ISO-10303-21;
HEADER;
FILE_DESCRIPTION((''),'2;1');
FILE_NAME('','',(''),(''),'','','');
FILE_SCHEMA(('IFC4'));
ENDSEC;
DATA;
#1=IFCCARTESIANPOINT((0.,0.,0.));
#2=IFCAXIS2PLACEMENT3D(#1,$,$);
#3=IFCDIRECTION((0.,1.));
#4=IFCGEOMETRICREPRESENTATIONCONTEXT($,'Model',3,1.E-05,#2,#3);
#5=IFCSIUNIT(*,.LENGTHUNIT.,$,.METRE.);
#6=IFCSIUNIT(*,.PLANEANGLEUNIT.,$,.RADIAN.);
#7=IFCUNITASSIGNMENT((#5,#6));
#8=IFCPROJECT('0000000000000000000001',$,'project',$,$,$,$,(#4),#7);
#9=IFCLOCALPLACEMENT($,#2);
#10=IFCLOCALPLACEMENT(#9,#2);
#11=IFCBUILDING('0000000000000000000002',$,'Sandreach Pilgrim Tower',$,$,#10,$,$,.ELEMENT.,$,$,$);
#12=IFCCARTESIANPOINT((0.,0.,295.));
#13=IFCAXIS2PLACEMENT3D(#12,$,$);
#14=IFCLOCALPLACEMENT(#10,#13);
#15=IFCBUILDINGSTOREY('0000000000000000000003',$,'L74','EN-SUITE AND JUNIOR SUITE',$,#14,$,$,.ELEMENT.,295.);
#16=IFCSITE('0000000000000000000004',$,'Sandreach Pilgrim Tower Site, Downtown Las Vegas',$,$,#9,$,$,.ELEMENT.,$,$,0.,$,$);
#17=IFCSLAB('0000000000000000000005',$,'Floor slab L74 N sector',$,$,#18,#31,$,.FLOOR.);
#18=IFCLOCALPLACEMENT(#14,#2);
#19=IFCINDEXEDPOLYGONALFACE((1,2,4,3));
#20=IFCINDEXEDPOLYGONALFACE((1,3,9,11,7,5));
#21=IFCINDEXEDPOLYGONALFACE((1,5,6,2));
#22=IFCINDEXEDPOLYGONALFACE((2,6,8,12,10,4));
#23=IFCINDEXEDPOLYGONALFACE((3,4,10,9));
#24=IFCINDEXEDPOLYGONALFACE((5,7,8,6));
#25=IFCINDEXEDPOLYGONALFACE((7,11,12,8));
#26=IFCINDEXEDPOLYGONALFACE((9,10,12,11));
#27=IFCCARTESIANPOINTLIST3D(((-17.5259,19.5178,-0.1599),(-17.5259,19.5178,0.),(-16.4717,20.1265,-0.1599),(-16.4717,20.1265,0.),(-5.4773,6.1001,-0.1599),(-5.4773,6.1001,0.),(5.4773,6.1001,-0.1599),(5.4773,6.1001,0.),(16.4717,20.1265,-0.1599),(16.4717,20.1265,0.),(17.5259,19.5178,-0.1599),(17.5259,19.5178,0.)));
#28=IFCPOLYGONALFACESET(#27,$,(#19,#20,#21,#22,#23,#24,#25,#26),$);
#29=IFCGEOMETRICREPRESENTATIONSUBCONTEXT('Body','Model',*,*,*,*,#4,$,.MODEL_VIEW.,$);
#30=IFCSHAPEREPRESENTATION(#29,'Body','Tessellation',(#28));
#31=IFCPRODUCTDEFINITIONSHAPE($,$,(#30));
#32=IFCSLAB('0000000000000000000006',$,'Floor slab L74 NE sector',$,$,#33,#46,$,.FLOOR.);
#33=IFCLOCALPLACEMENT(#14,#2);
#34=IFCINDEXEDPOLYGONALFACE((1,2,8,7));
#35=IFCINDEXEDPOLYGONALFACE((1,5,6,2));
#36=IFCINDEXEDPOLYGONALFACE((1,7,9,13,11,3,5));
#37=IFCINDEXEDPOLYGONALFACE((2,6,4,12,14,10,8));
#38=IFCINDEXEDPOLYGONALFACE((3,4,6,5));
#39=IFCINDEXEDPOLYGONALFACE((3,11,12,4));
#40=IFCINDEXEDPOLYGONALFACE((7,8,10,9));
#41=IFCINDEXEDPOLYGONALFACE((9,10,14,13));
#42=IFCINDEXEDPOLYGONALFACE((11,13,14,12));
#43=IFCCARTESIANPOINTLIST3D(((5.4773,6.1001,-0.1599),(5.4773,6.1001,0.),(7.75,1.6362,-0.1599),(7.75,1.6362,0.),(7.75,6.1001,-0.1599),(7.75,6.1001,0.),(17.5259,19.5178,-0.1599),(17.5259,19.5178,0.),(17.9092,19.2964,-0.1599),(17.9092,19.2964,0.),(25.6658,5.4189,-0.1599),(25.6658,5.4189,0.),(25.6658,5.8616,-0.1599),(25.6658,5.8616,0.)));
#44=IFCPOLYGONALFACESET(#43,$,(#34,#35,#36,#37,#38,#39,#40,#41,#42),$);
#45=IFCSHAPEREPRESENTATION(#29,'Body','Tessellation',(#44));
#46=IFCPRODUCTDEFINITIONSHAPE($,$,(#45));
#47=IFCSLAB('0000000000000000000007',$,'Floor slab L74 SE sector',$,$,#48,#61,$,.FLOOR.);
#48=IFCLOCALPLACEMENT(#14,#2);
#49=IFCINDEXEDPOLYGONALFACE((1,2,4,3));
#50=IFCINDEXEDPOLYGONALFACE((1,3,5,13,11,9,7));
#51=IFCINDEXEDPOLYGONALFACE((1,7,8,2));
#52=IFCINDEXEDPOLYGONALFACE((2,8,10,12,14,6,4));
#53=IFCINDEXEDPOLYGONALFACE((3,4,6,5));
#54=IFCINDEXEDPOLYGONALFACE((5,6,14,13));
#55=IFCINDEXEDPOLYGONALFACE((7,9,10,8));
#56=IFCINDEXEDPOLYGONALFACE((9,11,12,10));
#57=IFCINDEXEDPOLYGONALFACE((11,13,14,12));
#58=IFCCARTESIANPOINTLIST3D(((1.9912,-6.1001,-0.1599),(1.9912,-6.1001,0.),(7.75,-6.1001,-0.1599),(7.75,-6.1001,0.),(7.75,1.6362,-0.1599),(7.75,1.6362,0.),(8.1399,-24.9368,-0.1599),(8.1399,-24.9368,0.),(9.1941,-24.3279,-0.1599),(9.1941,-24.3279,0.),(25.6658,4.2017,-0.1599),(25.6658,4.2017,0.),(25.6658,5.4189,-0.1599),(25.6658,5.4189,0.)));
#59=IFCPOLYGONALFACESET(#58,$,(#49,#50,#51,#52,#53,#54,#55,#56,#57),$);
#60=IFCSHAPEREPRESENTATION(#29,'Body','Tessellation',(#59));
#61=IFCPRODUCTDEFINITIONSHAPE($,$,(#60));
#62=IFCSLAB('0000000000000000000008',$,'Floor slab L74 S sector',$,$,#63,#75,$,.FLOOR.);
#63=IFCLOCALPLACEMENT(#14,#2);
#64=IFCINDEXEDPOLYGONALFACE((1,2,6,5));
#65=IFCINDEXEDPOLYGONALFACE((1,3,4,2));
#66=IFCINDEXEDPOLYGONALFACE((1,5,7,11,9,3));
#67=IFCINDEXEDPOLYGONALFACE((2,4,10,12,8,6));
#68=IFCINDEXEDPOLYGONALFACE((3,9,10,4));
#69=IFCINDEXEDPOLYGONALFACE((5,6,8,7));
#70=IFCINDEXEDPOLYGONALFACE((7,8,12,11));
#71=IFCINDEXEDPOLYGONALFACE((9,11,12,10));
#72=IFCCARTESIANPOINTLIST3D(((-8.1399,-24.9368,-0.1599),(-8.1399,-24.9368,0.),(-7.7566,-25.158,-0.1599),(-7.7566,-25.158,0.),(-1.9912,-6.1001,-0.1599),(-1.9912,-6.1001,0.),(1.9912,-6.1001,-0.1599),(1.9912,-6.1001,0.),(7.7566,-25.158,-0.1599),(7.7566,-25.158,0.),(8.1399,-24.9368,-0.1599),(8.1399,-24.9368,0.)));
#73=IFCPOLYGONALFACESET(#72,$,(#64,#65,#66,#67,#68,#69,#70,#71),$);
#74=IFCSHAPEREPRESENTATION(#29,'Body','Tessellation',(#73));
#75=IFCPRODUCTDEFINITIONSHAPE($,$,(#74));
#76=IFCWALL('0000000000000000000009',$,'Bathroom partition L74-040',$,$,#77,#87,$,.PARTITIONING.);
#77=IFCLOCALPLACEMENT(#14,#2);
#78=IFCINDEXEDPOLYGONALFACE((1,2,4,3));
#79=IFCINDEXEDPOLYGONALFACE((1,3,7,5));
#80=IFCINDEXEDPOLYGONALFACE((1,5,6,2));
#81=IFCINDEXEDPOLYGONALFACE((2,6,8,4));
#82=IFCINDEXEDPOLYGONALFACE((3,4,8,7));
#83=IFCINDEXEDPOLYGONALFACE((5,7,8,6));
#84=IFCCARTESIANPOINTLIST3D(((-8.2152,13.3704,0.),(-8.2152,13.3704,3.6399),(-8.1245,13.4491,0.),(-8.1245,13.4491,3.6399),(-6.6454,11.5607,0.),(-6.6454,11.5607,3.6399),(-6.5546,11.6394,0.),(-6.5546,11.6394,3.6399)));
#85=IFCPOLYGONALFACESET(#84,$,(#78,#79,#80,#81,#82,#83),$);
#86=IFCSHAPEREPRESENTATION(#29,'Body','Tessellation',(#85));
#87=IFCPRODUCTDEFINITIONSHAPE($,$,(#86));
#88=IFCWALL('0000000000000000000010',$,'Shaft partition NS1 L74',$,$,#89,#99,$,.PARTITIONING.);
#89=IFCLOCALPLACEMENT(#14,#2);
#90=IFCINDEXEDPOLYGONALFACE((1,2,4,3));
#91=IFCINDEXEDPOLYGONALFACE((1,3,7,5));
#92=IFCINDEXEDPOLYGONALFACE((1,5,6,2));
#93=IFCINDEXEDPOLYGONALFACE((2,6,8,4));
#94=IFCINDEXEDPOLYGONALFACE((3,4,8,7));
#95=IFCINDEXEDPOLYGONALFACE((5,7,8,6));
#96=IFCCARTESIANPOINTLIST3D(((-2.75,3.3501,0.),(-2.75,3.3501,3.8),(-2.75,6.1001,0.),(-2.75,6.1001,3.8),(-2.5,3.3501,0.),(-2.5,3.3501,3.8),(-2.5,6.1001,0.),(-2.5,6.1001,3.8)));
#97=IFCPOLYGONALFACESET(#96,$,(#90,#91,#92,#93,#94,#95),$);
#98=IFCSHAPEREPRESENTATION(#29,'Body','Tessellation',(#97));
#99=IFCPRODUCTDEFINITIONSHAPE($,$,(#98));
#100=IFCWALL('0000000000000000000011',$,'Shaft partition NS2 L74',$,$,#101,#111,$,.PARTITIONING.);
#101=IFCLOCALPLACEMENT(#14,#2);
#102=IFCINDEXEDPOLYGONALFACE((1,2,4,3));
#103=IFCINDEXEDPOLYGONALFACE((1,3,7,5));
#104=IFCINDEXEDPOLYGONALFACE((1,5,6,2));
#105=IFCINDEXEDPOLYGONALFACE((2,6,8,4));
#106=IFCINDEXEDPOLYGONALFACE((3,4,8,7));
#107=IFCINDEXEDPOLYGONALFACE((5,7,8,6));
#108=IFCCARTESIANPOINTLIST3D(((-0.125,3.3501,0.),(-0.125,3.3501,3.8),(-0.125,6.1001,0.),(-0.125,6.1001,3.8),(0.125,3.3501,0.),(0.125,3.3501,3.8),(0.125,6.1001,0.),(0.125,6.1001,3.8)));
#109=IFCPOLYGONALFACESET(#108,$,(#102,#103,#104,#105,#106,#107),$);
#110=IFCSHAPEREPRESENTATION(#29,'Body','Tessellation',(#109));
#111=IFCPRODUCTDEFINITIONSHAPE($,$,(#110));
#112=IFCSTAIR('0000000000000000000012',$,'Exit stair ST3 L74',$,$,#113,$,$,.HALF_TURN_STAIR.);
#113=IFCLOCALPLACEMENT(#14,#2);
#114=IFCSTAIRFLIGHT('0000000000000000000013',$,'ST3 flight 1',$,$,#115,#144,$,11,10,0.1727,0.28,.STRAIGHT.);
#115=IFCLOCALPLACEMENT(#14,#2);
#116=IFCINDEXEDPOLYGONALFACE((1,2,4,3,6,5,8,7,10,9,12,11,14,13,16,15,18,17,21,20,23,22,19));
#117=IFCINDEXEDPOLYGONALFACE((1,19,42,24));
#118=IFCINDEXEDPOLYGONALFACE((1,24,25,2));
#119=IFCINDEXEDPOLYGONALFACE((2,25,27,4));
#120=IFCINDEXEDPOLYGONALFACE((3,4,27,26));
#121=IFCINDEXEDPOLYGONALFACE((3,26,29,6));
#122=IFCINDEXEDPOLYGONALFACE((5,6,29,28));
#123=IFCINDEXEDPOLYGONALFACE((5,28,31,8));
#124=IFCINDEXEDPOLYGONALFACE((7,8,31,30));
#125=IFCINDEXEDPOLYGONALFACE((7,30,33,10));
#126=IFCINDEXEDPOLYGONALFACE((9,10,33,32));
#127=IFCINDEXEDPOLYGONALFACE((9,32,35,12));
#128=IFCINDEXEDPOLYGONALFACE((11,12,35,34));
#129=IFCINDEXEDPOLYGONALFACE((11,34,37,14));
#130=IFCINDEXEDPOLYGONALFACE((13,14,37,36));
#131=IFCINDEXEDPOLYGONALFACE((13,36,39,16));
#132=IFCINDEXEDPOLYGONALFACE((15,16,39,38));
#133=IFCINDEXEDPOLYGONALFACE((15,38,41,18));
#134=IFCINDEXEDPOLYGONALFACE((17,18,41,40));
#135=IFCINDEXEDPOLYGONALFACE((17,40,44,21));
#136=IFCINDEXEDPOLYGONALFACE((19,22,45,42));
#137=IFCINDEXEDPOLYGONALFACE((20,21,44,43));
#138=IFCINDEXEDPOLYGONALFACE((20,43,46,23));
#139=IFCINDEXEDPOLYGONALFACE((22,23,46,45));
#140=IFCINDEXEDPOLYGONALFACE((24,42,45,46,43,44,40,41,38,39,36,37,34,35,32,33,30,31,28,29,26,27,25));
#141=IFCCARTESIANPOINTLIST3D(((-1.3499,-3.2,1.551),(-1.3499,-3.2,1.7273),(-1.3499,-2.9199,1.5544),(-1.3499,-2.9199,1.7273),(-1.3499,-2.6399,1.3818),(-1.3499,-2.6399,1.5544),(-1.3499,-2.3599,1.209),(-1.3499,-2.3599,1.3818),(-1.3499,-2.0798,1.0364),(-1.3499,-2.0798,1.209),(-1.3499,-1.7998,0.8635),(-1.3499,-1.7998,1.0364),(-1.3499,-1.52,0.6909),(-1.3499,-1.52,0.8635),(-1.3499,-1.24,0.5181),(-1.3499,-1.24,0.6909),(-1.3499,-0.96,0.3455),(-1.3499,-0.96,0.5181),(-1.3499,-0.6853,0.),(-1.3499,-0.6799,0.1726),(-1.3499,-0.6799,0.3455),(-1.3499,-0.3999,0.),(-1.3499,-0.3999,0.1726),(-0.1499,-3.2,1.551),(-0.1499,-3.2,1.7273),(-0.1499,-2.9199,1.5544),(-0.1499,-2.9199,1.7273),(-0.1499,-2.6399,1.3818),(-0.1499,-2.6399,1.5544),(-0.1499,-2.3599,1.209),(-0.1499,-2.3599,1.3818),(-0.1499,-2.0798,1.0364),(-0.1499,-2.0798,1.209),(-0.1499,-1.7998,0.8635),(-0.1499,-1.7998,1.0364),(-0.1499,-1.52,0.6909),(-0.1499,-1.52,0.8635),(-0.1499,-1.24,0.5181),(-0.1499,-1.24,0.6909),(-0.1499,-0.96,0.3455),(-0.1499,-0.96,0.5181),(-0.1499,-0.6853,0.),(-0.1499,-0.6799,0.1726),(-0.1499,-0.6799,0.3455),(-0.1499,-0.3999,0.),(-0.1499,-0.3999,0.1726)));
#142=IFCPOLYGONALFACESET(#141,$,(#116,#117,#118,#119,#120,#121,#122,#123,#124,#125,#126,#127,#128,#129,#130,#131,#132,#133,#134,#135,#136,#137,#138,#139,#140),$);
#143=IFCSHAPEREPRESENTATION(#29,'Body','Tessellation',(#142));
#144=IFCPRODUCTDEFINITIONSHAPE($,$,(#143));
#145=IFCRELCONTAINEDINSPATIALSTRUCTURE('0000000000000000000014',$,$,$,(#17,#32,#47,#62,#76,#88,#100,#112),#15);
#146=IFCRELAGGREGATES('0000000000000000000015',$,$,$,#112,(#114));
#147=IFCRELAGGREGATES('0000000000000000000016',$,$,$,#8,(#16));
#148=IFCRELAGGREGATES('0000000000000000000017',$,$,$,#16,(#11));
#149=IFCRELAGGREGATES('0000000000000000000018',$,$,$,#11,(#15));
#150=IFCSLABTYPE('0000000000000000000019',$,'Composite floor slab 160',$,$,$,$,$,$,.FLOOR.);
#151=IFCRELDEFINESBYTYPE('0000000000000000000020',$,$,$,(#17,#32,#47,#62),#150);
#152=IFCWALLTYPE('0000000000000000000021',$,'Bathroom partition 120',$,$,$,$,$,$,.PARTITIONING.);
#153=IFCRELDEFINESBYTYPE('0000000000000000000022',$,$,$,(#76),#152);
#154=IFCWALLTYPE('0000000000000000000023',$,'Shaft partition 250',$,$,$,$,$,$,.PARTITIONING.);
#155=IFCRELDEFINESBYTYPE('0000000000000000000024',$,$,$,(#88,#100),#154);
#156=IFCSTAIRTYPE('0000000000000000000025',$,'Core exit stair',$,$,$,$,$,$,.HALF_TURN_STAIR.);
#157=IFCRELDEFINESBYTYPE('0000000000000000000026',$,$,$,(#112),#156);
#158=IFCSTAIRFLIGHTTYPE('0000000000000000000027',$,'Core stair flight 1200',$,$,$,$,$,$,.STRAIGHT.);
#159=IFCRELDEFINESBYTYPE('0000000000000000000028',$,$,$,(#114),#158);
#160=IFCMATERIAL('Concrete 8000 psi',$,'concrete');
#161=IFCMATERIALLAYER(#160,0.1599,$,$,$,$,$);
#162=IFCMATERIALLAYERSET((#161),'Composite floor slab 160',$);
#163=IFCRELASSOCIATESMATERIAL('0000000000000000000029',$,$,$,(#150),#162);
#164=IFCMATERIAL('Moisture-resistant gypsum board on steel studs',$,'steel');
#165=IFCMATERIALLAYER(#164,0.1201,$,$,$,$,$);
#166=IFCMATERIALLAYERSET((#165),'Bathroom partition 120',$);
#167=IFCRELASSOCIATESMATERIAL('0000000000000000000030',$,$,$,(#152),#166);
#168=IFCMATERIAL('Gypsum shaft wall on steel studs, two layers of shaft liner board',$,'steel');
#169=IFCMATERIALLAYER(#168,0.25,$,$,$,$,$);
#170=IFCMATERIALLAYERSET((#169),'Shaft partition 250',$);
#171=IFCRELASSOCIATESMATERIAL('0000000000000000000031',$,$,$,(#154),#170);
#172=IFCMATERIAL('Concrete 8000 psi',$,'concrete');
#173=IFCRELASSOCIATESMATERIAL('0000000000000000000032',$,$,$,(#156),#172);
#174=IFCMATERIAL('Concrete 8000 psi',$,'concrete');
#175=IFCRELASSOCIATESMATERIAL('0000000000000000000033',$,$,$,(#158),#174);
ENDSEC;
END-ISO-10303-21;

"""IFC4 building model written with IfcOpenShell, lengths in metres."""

from ifc_helpers import new_model, si_unit, direction, frame, frame_2d, origin, place, context, subcontext, project, spatial, polyline, rectangle, outline, extrude, material, layer, layer_set, type_object, element, aggregate, save


model = new_model("IFC4")

# Units and contexts
model_context = context("Model", 3, precision=1e-05, world=origin(), true_north=direction((0.0, 1.0)))
body_context = subcontext(model_context, "Body", "Model", "MODEL_VIEW")
ifc_project = project(units=[si_unit("LENGTHUNIT", "METRE"), si_unit("PLANEANGLEUNIT", "RADIAN")], contexts=[model_context])

# Site, building, storey
site_placement = place(None, origin())
site = spatial("IfcSite", under=ifc_project, at=site_placement, Name="Sandreach Pilgrim Tower Site, Downtown Las Vegas", CompositionType="ELEMENT", RefElevation=0.0)
building_placement = place(site_placement, origin())
building = spatial("IfcBuilding", under=site, at=building_placement, Name="Sandreach Pilgrim Tower", CompositionType="ELEMENT")
storey_placement = place(building_placement, frame((0.0, 0.0, 295.0)))
storey = spatial("IfcBuildingStorey", under=building, at=storey_placement, Name="L74", Description="EN-SUITE AND JUNIOR SUITE", CompositionType="ELEMENT", Elevation=295.0)

# Slabs
ifc_material_1 = material(Name="Concrete 8000 psi", Category="concrete")
ifc_layer_1 = layer(ifc_material_1, 0.1599)
ifc_layer_set_1 = layer_set([ifc_layer_1], Name="Composite floor slab 160")
slab_type = type_object("IfcSlabType", Name="Composite floor slab 160", PredefinedType="FLOOR", material=ifc_layer_set_1)
slab_1_placement = place(storey_placement, frame((0.0, 0.0, -0.1599)))
element("IfcSlab", 1, at=slab_1_placement, inside=storey, type_object=slab_type, Name="Floor slab L74 N sector", PredefinedType="FLOOR", context=body_context, shape_type="SweptSolid", body=[
    extrude(outline(polyline([(-16.4717, 20.1265), (16.4717, 20.1265), (17.5259, 19.5178), (5.4773, 6.1001), (-5.4773, 6.1001), (-17.5259, 19.5178), (-16.4717, 20.1265)])), origin(), (0.0, 0.0, 1.0), 0.1599),
])
slab_2_placement = place(storey_placement, frame((0.0, 0.0, -0.1599)))
element("IfcSlab", 2, at=slab_2_placement, inside=storey, type_object=slab_type, Name="Floor slab L74 NE sector", PredefinedType="FLOOR", context=body_context, shape_type="SweptSolid", body=[
    extrude(outline(polyline([(17.9092, 19.2964), (25.6658, 5.8616), (25.6658, 5.4189), (7.75, 1.6362), (7.75, 6.1001), (5.4773, 6.1001), (17.5259, 19.5178), (17.9092, 19.2964)])), origin(), (0.0, 0.0, 1.0), 0.1599),
])
slab_3_placement = place(storey_placement, frame((0.0, 0.0, -0.1599)))
element("IfcSlab", 3, at=slab_3_placement, inside=storey, type_object=slab_type, Name="Floor slab L74 SE sector", PredefinedType="FLOOR", context=body_context, shape_type="SweptSolid", body=[
    extrude(outline(polyline([(25.6658, 4.2017), (9.1941, -24.3279), (8.1399, -24.9368), (1.9912, -6.1001), (7.75, -6.1001), (7.75, 1.6362), (25.6658, 5.4189), (25.6658, 4.2017)])), origin(), (0.0, 0.0, 1.0), 0.1599),
])
slab_4_placement = place(storey_placement, frame((0.0, 0.0, -0.1599)))
element("IfcSlab", 4, at=slab_4_placement, inside=storey, type_object=slab_type, Name="Floor slab L74 S sector", PredefinedType="FLOOR", context=body_context, shape_type="SweptSolid", body=[
    extrude(outline(polyline([(7.7566, -25.158), (-7.7566, -25.158), (-8.1399, -24.9368), (-1.9912, -6.1001), (1.9912, -6.1001), (8.1399, -24.9368), (7.7566, -25.158)])), origin(), (0.0, 0.0, 1.0), 0.1599),
])

# Wall
ifc_material_2 = material(Name="Moisture-resistant gypsum board on steel studs", Category="steel")
ifc_layer_2 = layer(ifc_material_2, 0.1201)
ifc_layer_set_2 = layer_set([ifc_layer_2], Name="Bathroom partition 120")
wall_type_1 = type_object("IfcWallType", Name="Bathroom partition 120", PredefinedType="PARTITIONING", material=ifc_layer_set_2)
wall_1_placement = place(storey_placement, frame((-6.6001, 11.6001, 0.0), z_axis=(0.0, 0.0, 1.0), x_axis=(-0.655245, 0.755417, 0.0)))
element("IfcWall", 5, at=wall_1_placement, inside=storey, type_object=wall_type_1, Name="Bathroom partition L74-040", PredefinedType="PARTITIONING", context=body_context, shape_type="SweptSolid", body=[
    extrude(rectangle(XDim=2.3958, YDim=0.1201, at=frame_2d((1.1978, 0.0))), origin(), (0.0, 0.0, 1.0), 3.6399),
])

# Walls
ifc_material_3 = material(Name="Gypsum shaft wall on steel studs, two layers of shaft liner board", Category="steel")
ifc_layer_3 = layer(ifc_material_3, 0.25)
ifc_layer_set_3 = layer_set([ifc_layer_3], Name="Shaft partition 250")
wall_type_2 = type_object("IfcWallType", Name="Shaft partition 250", PredefinedType="PARTITIONING", material=ifc_layer_set_3)
for number, where, z_axis, x_axis, name in (
    (6, (-2.625, 3.3501, 0.0), (0.0, 0.0, 1.0), (0.0, 1.0, 0.0), "Shaft partition NS1 L74"),
    (7, (0.0, 3.3501, 0.0), (0.0, 0.0, 1.0), (0.0, 1.0, 0.0), "Shaft partition NS2 L74"),
):
    element("IfcWall", number, at=place(storey_placement, frame(where, z_axis=z_axis, x_axis=x_axis)), inside=storey, type_object=wall_type_2, Name=name, PredefinedType="PARTITIONING", context=body_context, shape_type="SweptSolid", body=[
        extrude(rectangle(XDim=2.75, YDim=0.25, at=frame_2d((1.375, 0.0))), origin(), (0.0, 0.0, 1.0), 3.8),
    ])

# Stair, stair flight
ifc_material_4 = material(Name="Concrete 8000 psi", Category="concrete")
stair_type = type_object("IfcStairType", Name="Core exit stair", PredefinedType="HALF_TURN_STAIR", material=ifc_material_4)
stair_placement = place(storey_placement, origin())
stair = element("IfcStair", 8, at=stair_placement, inside=storey, type_object=stair_type, Name="Exit stair ST3 L74", PredefinedType="HALF_TURN_STAIR")
ifc_material_5 = material(Name="Concrete 8000 psi", Category="concrete")
stair_flight_type = type_object("IfcStairFlightType", Name="Core stair flight 1200", PredefinedType="STRAIGHT", material=ifc_material_5)
stair_flight_placement = place(storey_placement, frame((-0.75, -0.3999, 0.0), z_axis=(0.0, 0.0, 1.0), x_axis=(0.0, -1.0, 0.0)))
stair_flight = element("IfcStairFlight", 9, at=stair_flight_placement, type_object=stair_flight_type, Name="ST3 flight 1", NumberOfRisers=11, NumberOfTreads=10, PredefinedType="STRAIGHT", RiserHeight=0.1727, TreadLength=0.28, context=body_context, shape_type="SweptSolid", body=[
    extrude(outline(polyline([(0.0, 0.0), (0.0, 0.1726), (0.28, 0.1726), (0.28, 0.3455), (0.5601, 0.3455), (0.5601, 0.5181), (0.8401, 0.5181), (0.8401, 0.6909), (1.1201, 0.6909), (1.1201, 0.8635), (1.3999, 0.8635), (1.3999, 1.0364), (1.6799, 1.0364), (1.6799, 1.209), (1.96, 1.209), (1.96, 1.3818), (2.24, 1.3818), (2.24, 1.5544), (2.52, 1.5544), (2.52, 1.7273), (2.8, 1.7273), (2.8, 1.8999), (2.8, 1.551), (0.2854, 0.0), (0.0, 0.0)])), frame((0.0, 0.6001, 0.0), z_axis=(0.0, -1.0, 0.0), x_axis=(1.0, 0.0, 0.0)), (0.0, 0.0, 1.0), 1.2),
])
aggregate(stair, [stair_flight])

save(model, "model.ifc")
